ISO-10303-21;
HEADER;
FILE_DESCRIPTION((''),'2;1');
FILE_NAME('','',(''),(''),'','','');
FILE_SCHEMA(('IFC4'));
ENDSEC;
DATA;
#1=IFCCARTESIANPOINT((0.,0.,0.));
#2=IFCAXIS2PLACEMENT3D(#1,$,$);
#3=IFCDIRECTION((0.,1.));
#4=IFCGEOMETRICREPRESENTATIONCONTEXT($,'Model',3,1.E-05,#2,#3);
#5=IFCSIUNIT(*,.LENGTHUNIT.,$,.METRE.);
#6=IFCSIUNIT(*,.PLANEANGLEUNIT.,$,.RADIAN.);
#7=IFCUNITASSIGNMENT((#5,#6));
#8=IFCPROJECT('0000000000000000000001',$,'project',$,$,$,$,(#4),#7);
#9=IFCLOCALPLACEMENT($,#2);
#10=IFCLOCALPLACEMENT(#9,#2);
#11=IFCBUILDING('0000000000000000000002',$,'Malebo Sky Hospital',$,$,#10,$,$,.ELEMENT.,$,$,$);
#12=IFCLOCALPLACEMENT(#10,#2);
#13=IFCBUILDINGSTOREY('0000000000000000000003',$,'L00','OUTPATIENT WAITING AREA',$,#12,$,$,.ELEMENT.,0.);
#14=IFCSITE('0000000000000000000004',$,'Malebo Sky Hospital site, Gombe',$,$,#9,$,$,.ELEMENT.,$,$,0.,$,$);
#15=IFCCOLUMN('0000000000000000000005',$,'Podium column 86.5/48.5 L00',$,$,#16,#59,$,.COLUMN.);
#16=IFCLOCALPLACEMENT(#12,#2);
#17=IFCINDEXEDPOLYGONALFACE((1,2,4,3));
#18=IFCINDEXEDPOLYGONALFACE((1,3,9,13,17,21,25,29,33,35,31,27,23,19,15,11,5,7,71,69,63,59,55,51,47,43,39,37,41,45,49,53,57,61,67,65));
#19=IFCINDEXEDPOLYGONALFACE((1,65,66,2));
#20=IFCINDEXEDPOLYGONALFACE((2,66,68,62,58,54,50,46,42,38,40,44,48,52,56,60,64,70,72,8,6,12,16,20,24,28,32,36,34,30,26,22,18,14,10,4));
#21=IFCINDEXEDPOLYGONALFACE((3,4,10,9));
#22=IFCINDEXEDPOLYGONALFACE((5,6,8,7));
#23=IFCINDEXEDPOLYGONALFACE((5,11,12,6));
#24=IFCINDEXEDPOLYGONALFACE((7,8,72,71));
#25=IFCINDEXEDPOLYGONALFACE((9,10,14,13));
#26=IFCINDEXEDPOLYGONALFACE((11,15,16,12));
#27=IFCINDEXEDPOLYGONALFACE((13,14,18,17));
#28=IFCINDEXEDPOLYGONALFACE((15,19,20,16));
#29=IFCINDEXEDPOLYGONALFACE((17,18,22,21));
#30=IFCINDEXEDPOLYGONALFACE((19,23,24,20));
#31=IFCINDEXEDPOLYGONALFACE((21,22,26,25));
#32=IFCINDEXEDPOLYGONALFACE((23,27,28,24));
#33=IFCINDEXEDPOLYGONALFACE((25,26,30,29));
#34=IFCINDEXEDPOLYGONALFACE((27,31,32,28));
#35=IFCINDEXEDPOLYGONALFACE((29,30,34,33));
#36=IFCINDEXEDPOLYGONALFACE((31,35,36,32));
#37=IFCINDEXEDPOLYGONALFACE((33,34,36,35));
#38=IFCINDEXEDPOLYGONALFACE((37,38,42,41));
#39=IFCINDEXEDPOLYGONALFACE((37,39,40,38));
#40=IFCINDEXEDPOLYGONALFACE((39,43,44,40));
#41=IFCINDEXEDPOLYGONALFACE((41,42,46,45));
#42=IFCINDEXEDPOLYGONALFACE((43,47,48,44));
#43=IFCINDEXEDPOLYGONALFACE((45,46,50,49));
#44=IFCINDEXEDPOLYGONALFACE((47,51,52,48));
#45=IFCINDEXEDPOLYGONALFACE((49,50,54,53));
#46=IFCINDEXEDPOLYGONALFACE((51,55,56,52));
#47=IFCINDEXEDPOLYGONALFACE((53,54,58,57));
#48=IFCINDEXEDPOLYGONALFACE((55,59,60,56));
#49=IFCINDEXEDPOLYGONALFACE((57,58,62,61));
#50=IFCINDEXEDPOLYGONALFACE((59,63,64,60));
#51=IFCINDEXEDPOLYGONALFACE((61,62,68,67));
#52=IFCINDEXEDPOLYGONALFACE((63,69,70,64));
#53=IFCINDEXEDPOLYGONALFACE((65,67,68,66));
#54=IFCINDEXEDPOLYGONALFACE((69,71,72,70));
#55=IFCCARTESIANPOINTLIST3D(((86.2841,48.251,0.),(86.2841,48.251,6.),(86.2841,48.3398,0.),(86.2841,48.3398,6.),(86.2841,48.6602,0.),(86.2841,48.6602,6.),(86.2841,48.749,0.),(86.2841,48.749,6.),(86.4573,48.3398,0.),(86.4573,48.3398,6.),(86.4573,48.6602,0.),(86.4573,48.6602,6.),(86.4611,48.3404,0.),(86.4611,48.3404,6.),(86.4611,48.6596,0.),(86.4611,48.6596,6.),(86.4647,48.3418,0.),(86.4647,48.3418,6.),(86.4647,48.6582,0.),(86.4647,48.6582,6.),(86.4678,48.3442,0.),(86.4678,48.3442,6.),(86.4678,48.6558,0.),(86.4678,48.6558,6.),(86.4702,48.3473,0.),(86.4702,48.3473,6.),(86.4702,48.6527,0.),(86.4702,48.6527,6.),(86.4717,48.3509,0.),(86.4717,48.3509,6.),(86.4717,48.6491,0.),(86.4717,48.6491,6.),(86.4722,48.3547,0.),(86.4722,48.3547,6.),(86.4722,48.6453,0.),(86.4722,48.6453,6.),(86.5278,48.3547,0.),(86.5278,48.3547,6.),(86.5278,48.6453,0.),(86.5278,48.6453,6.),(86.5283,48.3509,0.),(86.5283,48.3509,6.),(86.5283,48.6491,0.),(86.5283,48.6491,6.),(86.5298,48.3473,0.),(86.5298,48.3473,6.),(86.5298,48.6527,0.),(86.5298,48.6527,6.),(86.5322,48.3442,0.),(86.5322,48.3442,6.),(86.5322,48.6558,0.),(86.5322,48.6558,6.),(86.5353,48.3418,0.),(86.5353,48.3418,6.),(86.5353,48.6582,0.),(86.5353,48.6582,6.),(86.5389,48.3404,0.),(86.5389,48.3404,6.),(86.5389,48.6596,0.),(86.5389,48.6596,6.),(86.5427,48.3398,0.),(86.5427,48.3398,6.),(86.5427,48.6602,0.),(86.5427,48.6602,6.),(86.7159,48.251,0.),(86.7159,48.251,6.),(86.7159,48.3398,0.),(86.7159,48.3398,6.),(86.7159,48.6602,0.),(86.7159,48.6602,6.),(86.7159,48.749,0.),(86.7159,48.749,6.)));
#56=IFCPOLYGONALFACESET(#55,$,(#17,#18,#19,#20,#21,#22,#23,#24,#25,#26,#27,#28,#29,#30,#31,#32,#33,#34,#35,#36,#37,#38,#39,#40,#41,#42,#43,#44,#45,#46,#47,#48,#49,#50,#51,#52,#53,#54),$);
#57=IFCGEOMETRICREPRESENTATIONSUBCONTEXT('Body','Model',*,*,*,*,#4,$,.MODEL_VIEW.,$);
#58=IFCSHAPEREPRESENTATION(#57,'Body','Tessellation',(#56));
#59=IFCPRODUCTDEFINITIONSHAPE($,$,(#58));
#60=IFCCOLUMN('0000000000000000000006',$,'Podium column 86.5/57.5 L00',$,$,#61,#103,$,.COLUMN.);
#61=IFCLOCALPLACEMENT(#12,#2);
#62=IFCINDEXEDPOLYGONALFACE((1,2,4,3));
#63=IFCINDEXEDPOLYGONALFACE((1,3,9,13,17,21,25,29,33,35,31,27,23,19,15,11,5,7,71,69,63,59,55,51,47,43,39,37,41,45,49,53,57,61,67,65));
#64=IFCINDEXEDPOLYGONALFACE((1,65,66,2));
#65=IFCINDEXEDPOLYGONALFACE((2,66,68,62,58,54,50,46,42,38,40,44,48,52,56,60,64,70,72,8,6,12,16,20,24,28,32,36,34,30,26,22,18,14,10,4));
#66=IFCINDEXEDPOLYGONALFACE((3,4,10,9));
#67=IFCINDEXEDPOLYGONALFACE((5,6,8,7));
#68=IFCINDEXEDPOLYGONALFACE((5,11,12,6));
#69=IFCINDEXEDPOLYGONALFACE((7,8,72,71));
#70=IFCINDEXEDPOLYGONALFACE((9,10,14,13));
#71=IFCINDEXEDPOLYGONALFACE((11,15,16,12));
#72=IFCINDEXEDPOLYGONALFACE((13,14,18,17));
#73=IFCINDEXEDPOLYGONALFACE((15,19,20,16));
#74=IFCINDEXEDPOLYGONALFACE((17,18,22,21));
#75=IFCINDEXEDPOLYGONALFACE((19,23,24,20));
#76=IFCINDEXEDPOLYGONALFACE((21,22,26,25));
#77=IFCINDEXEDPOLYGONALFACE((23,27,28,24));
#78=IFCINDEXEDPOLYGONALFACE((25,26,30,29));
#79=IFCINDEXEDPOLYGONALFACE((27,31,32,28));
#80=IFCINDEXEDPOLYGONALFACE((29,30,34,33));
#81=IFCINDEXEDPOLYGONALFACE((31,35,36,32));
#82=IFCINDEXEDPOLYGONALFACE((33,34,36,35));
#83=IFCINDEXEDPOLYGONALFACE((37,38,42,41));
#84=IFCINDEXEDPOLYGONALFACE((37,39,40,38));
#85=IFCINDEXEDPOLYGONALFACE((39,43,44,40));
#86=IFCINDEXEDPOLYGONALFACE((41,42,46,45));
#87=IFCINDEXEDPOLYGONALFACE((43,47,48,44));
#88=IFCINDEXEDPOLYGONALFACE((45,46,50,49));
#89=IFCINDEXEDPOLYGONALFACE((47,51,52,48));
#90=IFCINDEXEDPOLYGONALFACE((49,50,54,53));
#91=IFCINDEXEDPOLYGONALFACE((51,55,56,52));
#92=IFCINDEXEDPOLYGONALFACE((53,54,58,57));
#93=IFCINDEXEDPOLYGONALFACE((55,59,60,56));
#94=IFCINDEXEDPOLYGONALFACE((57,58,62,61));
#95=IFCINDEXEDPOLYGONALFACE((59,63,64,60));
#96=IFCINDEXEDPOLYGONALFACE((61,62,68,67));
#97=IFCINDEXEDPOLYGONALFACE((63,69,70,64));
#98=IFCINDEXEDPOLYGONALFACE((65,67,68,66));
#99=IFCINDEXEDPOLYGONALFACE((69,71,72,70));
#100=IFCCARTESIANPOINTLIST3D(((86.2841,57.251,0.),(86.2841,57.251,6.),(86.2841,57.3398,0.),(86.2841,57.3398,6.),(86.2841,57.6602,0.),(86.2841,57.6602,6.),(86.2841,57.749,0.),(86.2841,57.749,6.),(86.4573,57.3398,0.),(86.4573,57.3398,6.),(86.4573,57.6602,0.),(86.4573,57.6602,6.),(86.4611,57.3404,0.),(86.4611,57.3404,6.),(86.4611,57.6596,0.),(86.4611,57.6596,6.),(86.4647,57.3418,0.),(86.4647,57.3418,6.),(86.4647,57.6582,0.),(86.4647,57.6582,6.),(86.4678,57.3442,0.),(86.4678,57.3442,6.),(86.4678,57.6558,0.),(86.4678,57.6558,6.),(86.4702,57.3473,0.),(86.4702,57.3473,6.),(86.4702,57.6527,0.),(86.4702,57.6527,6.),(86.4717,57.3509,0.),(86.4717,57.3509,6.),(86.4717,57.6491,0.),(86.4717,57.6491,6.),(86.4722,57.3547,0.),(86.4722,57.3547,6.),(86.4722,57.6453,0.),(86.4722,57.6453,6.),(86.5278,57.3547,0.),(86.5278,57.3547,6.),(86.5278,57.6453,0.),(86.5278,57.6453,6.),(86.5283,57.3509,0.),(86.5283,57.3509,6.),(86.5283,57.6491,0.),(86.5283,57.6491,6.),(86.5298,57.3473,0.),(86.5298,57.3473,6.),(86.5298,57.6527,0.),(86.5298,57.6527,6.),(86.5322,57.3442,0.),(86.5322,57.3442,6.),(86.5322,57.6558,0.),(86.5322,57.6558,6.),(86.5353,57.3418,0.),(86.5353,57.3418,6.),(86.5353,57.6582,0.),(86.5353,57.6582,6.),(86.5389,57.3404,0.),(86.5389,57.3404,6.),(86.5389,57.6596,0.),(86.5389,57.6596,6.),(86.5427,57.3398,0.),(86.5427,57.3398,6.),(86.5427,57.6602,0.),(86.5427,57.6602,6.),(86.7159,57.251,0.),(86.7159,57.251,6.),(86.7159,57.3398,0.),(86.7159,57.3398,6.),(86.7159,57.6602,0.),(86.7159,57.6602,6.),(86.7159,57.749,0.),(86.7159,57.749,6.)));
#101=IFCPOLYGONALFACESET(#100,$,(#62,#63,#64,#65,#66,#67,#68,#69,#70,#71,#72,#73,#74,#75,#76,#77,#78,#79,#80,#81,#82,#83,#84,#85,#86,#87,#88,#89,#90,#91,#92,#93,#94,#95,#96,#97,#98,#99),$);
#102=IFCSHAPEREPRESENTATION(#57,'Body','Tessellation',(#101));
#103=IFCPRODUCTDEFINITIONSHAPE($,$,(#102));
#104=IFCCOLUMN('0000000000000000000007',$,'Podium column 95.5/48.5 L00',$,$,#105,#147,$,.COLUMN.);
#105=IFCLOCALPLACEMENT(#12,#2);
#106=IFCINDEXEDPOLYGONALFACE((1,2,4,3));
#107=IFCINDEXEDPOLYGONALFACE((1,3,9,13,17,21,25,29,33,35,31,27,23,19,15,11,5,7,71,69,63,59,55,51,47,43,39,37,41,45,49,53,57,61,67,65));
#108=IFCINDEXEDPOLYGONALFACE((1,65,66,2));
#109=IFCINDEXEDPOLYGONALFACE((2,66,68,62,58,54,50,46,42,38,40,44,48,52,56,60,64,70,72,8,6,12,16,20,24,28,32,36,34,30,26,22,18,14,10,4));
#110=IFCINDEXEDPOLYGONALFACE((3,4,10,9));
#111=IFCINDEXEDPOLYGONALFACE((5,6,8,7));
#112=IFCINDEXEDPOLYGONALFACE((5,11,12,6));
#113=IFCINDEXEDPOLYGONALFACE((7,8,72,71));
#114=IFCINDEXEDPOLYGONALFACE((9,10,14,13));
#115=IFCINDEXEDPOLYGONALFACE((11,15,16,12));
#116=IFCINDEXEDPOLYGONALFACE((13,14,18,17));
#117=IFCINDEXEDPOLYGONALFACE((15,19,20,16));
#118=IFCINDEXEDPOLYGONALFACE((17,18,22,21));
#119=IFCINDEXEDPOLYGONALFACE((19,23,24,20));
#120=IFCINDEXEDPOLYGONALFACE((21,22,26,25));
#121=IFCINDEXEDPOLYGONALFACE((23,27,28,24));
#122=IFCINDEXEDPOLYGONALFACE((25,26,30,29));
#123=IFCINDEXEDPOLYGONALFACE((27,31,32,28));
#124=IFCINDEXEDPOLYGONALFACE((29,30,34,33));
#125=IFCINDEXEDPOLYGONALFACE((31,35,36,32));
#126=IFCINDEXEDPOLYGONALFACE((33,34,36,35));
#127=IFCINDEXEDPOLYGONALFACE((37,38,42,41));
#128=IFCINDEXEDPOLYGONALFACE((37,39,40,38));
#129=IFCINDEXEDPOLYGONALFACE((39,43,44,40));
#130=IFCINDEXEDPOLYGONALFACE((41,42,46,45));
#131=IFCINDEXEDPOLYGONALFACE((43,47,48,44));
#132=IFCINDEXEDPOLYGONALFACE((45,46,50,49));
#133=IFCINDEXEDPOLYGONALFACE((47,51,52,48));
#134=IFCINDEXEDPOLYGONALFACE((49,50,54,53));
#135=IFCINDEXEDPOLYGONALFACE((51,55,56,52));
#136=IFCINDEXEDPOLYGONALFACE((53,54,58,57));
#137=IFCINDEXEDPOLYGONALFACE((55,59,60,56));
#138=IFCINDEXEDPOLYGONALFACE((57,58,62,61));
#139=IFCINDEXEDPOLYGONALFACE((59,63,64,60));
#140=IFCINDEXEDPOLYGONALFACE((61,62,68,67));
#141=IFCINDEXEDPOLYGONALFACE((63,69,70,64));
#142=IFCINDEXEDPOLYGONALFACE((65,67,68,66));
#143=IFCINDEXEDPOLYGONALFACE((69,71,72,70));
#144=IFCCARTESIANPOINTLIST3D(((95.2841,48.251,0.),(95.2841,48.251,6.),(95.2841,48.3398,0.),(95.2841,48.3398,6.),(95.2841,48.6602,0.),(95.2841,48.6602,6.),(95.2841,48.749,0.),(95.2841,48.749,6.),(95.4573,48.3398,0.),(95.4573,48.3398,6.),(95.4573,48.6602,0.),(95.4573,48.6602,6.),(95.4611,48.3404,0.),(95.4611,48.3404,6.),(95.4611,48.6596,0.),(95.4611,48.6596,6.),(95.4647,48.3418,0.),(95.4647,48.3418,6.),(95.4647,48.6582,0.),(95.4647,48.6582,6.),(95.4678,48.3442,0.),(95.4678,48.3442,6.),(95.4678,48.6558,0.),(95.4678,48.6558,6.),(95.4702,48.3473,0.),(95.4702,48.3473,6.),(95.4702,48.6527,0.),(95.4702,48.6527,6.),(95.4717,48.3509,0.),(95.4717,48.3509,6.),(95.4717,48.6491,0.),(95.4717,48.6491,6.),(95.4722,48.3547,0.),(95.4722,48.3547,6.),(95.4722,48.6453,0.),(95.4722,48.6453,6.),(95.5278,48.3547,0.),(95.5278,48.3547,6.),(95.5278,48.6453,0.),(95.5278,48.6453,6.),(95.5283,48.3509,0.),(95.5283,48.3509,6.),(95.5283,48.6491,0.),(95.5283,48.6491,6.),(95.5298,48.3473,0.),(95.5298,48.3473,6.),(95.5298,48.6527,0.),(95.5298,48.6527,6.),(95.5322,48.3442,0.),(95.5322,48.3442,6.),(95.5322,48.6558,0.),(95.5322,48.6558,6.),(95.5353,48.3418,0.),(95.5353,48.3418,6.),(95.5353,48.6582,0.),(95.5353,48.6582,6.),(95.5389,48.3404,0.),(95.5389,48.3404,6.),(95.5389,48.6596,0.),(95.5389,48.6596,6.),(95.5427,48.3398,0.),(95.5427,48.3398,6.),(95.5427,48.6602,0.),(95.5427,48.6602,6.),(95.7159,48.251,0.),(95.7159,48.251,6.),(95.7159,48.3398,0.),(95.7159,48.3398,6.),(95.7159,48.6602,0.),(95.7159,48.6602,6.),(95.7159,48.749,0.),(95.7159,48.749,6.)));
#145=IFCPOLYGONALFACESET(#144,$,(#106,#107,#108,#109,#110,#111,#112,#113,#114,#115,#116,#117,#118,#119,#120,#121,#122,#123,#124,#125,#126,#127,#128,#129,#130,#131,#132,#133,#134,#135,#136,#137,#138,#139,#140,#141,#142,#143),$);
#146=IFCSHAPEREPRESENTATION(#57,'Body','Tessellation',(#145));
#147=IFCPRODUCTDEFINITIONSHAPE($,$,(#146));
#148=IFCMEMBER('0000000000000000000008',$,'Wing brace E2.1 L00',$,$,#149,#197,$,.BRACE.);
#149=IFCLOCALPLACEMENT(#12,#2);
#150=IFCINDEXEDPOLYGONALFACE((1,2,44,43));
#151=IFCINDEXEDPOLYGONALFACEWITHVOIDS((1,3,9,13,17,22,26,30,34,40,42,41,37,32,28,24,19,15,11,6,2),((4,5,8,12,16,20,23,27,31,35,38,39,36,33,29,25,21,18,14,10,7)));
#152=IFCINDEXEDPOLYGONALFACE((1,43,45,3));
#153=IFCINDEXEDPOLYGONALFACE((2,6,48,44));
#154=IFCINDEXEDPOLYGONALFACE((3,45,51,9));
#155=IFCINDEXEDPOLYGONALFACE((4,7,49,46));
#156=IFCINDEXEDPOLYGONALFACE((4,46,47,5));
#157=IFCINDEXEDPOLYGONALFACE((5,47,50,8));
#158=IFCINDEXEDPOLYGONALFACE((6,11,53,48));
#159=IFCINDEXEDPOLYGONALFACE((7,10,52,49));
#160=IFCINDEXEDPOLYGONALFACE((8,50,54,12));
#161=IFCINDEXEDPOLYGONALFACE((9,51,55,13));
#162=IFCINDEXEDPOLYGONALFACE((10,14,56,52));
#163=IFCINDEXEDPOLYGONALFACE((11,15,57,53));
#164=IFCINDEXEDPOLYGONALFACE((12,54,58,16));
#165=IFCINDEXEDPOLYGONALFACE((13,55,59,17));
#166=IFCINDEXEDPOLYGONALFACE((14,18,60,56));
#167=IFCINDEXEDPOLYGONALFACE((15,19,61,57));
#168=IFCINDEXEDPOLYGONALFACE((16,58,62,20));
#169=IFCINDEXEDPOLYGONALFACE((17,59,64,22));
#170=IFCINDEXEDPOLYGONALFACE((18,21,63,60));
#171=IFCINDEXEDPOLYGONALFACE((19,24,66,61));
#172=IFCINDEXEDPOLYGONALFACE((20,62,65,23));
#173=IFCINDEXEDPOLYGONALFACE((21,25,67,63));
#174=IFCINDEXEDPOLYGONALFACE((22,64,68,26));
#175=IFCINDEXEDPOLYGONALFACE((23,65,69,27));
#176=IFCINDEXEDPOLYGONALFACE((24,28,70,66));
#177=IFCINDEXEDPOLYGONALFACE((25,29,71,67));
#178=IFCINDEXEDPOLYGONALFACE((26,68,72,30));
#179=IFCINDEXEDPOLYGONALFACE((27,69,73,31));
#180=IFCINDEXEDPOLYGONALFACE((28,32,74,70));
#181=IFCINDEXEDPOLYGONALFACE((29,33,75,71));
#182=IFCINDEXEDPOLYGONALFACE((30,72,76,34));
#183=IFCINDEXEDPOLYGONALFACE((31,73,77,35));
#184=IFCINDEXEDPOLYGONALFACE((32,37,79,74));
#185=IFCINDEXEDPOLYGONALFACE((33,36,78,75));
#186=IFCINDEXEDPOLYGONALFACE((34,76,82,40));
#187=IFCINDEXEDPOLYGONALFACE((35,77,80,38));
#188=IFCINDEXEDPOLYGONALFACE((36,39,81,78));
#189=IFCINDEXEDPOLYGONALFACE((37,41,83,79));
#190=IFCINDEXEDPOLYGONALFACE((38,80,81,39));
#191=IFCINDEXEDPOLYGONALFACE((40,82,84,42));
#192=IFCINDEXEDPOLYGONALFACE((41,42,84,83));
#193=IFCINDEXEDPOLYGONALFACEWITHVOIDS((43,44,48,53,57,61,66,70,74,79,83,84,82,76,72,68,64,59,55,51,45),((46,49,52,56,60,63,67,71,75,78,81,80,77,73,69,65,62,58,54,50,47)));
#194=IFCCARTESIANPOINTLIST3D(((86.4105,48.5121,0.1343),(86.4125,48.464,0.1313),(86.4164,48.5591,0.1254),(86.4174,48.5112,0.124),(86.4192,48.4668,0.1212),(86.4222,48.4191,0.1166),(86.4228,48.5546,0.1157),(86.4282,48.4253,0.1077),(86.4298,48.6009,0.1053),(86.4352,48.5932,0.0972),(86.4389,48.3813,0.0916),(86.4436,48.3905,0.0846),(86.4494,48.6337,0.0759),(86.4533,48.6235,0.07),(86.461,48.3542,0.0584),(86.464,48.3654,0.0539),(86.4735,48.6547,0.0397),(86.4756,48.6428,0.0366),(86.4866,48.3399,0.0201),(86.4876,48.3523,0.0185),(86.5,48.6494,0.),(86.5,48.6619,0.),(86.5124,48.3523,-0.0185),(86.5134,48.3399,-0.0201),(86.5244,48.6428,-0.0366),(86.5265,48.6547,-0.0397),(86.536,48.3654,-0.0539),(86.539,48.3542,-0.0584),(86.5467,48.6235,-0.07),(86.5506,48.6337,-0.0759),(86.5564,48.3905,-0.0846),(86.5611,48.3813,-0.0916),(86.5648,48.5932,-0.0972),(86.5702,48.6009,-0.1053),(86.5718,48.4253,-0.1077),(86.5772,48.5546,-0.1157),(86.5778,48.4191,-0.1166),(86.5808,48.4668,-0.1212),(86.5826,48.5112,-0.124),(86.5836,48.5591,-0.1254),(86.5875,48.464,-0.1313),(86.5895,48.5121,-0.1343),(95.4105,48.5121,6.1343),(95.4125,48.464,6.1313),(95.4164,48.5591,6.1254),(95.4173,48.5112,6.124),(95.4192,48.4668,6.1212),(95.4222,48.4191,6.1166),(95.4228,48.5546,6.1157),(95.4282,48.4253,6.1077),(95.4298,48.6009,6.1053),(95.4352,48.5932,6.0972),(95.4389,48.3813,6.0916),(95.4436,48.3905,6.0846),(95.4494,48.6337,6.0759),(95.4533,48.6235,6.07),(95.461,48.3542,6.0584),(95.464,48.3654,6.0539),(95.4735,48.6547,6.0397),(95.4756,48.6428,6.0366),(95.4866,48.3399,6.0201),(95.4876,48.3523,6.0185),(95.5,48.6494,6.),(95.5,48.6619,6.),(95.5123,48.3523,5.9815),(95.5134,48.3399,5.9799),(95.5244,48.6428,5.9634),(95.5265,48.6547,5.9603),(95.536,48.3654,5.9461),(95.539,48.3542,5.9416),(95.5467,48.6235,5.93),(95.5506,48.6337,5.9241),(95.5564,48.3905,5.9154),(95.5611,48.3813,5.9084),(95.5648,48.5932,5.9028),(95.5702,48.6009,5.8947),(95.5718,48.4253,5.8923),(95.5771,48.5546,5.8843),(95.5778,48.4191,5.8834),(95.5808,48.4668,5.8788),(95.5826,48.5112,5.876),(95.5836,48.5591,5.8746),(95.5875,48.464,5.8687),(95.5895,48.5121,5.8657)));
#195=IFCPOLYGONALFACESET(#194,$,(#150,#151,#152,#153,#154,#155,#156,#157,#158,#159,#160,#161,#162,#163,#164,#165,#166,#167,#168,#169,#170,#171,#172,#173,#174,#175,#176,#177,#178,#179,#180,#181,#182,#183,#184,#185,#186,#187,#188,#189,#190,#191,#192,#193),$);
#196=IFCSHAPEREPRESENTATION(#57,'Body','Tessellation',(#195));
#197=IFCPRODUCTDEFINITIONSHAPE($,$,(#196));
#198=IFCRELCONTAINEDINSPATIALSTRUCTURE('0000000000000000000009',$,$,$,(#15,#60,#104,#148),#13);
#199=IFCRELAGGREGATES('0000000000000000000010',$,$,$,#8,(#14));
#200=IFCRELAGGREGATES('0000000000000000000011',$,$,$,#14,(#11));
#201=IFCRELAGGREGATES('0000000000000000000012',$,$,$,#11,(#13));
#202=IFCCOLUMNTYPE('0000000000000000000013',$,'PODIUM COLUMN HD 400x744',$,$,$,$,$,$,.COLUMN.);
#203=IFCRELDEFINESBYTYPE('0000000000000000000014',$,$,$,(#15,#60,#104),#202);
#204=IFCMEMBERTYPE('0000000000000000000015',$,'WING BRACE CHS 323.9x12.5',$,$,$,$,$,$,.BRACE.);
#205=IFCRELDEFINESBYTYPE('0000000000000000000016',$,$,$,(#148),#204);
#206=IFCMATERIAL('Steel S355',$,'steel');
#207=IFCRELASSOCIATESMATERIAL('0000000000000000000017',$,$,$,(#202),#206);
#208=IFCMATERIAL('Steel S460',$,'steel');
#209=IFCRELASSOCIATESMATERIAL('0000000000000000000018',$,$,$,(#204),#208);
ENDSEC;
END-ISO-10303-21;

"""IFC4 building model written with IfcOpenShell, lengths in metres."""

from ifc_helpers import new_model, si_unit, direction, frame, origin, origin_2d, place, context, subcontext, project, spatial, hollow_circle, i_section, extrude, material, material_profile, profile_set, type_object, element, save


model = new_model("IFC4")

# Units and contexts
model_context = context("Model", 3, precision=1e-05, world=origin(), true_north=direction((0.0, 1.0)))
body_context = subcontext(model_context, "Body", "Model", "MODEL_VIEW")
ifc_project = project(units=[si_unit("LENGTHUNIT", "METRE"), si_unit("PLANEANGLEUNIT", "RADIAN")], contexts=[model_context])

# Site, building, storey
site_placement = place(None, origin())
site = spatial("IfcSite", under=ifc_project, at=site_placement, Name="Malebo Sky Hospital site, Gombe", CompositionType="ELEMENT", RefElevation=0.0)
building_placement = place(site_placement, origin())
building = spatial("IfcBuilding", under=site, at=building_placement, Name="Malebo Sky Hospital", CompositionType="ELEMENT")
storey_placement = place(building_placement, origin())
storey = spatial("IfcBuildingStorey", under=building, at=storey_placement, Name="L00", Description="OUTPATIENT WAITING AREA", CompositionType="ELEMENT", Elevation=0.0)

# Columns
ifc_material_1 = material(Name="Steel S460", Category="steel")
ifc_material_2 = material(Name="Steel S355", Category="steel")
ifc_material_profile_1 = material_profile(ifc_material_2, i_section(OverallWidth=0.4319, OverallDepth=0.498, WebThickness=0.0557, FlangeThickness=0.0889, FilletRadius=0.0149, at=origin_2d()), Name="HD 400x744")
ifc_profile_set_1 = profile_set([ifc_material_profile_1], Name="Steel S355")
column_type_1 = type_object("IfcColumnType", Name="PODIUM COLUMN HD 400x744", PredefinedType="COLUMN", material=ifc_profile_set_1)
for number, where, z_axis, x_axis, name in (
    (1, (86.5, 48.5, 0.0), (0.0, 0.0, 1.0), (1.0, 0.0, 0.0), "Podium column 86.5/48.5 L00"),
    (2, (86.5, 57.5, 0.0), (0.0, 0.0, 1.0), (1.0, 0.0, 0.0), "Podium column 86.5/57.5 L00"),
    (3, (95.5, 48.5, 0.0), (0.0, 0.0, 1.0), (1.0, 0.0, 0.0), "Podium column 95.5/48.5 L00"),
):
    element("IfcColumn", number, at=place(storey_placement, frame(where, z_axis=z_axis, x_axis=x_axis)), inside=storey, type_object=column_type_1, Name=name, PredefinedType="COLUMN", context=body_context, shape_type="SweptSolid", body=[
        extrude(i_section(OverallWidth=0.4319, OverallDepth=0.498, WebThickness=0.0557, FlangeThickness=0.0889, FilletRadius=0.0149, at=origin_2d()), origin(), (0.0, 0.0, 1.0), 6.0),
    ])

# Member
ifc_material_profile_2 = material_profile(ifc_material_1, hollow_circle(Radius=0.1619, WallThickness=0.0125, at=origin_2d()), Name="CHS 323.9x12.5")
ifc_profile_set_2 = profile_set([ifc_material_profile_2], Name="Steel S460")
member_type = type_object("IfcMemberType", Name="WING BRACE CHS 323.9x12.5", PredefinedType="BRACE", material=ifc_profile_set_2)
for number, where, z_axis, x_axis, name in (
    (4, (86.5, 48.5, 0.0), (0.83205, 0.0, 0.5547), (0.0, 1.0, 0.0), "Wing brace E2.1 L00"),
):
    element("IfcMember", number, at=place(storey_placement, frame(where, z_axis=z_axis, x_axis=x_axis)), inside=storey, type_object=member_type, Name=name, PredefinedType="BRACE", context=body_context, shape_type="SweptSolid", body=[
        extrude(hollow_circle(Radius=0.1619, WallThickness=0.0125, at=origin_2d()), origin(), (0.0, 0.0, 1.0), 10.8167),
    ])

save(model, "model.ifc")
